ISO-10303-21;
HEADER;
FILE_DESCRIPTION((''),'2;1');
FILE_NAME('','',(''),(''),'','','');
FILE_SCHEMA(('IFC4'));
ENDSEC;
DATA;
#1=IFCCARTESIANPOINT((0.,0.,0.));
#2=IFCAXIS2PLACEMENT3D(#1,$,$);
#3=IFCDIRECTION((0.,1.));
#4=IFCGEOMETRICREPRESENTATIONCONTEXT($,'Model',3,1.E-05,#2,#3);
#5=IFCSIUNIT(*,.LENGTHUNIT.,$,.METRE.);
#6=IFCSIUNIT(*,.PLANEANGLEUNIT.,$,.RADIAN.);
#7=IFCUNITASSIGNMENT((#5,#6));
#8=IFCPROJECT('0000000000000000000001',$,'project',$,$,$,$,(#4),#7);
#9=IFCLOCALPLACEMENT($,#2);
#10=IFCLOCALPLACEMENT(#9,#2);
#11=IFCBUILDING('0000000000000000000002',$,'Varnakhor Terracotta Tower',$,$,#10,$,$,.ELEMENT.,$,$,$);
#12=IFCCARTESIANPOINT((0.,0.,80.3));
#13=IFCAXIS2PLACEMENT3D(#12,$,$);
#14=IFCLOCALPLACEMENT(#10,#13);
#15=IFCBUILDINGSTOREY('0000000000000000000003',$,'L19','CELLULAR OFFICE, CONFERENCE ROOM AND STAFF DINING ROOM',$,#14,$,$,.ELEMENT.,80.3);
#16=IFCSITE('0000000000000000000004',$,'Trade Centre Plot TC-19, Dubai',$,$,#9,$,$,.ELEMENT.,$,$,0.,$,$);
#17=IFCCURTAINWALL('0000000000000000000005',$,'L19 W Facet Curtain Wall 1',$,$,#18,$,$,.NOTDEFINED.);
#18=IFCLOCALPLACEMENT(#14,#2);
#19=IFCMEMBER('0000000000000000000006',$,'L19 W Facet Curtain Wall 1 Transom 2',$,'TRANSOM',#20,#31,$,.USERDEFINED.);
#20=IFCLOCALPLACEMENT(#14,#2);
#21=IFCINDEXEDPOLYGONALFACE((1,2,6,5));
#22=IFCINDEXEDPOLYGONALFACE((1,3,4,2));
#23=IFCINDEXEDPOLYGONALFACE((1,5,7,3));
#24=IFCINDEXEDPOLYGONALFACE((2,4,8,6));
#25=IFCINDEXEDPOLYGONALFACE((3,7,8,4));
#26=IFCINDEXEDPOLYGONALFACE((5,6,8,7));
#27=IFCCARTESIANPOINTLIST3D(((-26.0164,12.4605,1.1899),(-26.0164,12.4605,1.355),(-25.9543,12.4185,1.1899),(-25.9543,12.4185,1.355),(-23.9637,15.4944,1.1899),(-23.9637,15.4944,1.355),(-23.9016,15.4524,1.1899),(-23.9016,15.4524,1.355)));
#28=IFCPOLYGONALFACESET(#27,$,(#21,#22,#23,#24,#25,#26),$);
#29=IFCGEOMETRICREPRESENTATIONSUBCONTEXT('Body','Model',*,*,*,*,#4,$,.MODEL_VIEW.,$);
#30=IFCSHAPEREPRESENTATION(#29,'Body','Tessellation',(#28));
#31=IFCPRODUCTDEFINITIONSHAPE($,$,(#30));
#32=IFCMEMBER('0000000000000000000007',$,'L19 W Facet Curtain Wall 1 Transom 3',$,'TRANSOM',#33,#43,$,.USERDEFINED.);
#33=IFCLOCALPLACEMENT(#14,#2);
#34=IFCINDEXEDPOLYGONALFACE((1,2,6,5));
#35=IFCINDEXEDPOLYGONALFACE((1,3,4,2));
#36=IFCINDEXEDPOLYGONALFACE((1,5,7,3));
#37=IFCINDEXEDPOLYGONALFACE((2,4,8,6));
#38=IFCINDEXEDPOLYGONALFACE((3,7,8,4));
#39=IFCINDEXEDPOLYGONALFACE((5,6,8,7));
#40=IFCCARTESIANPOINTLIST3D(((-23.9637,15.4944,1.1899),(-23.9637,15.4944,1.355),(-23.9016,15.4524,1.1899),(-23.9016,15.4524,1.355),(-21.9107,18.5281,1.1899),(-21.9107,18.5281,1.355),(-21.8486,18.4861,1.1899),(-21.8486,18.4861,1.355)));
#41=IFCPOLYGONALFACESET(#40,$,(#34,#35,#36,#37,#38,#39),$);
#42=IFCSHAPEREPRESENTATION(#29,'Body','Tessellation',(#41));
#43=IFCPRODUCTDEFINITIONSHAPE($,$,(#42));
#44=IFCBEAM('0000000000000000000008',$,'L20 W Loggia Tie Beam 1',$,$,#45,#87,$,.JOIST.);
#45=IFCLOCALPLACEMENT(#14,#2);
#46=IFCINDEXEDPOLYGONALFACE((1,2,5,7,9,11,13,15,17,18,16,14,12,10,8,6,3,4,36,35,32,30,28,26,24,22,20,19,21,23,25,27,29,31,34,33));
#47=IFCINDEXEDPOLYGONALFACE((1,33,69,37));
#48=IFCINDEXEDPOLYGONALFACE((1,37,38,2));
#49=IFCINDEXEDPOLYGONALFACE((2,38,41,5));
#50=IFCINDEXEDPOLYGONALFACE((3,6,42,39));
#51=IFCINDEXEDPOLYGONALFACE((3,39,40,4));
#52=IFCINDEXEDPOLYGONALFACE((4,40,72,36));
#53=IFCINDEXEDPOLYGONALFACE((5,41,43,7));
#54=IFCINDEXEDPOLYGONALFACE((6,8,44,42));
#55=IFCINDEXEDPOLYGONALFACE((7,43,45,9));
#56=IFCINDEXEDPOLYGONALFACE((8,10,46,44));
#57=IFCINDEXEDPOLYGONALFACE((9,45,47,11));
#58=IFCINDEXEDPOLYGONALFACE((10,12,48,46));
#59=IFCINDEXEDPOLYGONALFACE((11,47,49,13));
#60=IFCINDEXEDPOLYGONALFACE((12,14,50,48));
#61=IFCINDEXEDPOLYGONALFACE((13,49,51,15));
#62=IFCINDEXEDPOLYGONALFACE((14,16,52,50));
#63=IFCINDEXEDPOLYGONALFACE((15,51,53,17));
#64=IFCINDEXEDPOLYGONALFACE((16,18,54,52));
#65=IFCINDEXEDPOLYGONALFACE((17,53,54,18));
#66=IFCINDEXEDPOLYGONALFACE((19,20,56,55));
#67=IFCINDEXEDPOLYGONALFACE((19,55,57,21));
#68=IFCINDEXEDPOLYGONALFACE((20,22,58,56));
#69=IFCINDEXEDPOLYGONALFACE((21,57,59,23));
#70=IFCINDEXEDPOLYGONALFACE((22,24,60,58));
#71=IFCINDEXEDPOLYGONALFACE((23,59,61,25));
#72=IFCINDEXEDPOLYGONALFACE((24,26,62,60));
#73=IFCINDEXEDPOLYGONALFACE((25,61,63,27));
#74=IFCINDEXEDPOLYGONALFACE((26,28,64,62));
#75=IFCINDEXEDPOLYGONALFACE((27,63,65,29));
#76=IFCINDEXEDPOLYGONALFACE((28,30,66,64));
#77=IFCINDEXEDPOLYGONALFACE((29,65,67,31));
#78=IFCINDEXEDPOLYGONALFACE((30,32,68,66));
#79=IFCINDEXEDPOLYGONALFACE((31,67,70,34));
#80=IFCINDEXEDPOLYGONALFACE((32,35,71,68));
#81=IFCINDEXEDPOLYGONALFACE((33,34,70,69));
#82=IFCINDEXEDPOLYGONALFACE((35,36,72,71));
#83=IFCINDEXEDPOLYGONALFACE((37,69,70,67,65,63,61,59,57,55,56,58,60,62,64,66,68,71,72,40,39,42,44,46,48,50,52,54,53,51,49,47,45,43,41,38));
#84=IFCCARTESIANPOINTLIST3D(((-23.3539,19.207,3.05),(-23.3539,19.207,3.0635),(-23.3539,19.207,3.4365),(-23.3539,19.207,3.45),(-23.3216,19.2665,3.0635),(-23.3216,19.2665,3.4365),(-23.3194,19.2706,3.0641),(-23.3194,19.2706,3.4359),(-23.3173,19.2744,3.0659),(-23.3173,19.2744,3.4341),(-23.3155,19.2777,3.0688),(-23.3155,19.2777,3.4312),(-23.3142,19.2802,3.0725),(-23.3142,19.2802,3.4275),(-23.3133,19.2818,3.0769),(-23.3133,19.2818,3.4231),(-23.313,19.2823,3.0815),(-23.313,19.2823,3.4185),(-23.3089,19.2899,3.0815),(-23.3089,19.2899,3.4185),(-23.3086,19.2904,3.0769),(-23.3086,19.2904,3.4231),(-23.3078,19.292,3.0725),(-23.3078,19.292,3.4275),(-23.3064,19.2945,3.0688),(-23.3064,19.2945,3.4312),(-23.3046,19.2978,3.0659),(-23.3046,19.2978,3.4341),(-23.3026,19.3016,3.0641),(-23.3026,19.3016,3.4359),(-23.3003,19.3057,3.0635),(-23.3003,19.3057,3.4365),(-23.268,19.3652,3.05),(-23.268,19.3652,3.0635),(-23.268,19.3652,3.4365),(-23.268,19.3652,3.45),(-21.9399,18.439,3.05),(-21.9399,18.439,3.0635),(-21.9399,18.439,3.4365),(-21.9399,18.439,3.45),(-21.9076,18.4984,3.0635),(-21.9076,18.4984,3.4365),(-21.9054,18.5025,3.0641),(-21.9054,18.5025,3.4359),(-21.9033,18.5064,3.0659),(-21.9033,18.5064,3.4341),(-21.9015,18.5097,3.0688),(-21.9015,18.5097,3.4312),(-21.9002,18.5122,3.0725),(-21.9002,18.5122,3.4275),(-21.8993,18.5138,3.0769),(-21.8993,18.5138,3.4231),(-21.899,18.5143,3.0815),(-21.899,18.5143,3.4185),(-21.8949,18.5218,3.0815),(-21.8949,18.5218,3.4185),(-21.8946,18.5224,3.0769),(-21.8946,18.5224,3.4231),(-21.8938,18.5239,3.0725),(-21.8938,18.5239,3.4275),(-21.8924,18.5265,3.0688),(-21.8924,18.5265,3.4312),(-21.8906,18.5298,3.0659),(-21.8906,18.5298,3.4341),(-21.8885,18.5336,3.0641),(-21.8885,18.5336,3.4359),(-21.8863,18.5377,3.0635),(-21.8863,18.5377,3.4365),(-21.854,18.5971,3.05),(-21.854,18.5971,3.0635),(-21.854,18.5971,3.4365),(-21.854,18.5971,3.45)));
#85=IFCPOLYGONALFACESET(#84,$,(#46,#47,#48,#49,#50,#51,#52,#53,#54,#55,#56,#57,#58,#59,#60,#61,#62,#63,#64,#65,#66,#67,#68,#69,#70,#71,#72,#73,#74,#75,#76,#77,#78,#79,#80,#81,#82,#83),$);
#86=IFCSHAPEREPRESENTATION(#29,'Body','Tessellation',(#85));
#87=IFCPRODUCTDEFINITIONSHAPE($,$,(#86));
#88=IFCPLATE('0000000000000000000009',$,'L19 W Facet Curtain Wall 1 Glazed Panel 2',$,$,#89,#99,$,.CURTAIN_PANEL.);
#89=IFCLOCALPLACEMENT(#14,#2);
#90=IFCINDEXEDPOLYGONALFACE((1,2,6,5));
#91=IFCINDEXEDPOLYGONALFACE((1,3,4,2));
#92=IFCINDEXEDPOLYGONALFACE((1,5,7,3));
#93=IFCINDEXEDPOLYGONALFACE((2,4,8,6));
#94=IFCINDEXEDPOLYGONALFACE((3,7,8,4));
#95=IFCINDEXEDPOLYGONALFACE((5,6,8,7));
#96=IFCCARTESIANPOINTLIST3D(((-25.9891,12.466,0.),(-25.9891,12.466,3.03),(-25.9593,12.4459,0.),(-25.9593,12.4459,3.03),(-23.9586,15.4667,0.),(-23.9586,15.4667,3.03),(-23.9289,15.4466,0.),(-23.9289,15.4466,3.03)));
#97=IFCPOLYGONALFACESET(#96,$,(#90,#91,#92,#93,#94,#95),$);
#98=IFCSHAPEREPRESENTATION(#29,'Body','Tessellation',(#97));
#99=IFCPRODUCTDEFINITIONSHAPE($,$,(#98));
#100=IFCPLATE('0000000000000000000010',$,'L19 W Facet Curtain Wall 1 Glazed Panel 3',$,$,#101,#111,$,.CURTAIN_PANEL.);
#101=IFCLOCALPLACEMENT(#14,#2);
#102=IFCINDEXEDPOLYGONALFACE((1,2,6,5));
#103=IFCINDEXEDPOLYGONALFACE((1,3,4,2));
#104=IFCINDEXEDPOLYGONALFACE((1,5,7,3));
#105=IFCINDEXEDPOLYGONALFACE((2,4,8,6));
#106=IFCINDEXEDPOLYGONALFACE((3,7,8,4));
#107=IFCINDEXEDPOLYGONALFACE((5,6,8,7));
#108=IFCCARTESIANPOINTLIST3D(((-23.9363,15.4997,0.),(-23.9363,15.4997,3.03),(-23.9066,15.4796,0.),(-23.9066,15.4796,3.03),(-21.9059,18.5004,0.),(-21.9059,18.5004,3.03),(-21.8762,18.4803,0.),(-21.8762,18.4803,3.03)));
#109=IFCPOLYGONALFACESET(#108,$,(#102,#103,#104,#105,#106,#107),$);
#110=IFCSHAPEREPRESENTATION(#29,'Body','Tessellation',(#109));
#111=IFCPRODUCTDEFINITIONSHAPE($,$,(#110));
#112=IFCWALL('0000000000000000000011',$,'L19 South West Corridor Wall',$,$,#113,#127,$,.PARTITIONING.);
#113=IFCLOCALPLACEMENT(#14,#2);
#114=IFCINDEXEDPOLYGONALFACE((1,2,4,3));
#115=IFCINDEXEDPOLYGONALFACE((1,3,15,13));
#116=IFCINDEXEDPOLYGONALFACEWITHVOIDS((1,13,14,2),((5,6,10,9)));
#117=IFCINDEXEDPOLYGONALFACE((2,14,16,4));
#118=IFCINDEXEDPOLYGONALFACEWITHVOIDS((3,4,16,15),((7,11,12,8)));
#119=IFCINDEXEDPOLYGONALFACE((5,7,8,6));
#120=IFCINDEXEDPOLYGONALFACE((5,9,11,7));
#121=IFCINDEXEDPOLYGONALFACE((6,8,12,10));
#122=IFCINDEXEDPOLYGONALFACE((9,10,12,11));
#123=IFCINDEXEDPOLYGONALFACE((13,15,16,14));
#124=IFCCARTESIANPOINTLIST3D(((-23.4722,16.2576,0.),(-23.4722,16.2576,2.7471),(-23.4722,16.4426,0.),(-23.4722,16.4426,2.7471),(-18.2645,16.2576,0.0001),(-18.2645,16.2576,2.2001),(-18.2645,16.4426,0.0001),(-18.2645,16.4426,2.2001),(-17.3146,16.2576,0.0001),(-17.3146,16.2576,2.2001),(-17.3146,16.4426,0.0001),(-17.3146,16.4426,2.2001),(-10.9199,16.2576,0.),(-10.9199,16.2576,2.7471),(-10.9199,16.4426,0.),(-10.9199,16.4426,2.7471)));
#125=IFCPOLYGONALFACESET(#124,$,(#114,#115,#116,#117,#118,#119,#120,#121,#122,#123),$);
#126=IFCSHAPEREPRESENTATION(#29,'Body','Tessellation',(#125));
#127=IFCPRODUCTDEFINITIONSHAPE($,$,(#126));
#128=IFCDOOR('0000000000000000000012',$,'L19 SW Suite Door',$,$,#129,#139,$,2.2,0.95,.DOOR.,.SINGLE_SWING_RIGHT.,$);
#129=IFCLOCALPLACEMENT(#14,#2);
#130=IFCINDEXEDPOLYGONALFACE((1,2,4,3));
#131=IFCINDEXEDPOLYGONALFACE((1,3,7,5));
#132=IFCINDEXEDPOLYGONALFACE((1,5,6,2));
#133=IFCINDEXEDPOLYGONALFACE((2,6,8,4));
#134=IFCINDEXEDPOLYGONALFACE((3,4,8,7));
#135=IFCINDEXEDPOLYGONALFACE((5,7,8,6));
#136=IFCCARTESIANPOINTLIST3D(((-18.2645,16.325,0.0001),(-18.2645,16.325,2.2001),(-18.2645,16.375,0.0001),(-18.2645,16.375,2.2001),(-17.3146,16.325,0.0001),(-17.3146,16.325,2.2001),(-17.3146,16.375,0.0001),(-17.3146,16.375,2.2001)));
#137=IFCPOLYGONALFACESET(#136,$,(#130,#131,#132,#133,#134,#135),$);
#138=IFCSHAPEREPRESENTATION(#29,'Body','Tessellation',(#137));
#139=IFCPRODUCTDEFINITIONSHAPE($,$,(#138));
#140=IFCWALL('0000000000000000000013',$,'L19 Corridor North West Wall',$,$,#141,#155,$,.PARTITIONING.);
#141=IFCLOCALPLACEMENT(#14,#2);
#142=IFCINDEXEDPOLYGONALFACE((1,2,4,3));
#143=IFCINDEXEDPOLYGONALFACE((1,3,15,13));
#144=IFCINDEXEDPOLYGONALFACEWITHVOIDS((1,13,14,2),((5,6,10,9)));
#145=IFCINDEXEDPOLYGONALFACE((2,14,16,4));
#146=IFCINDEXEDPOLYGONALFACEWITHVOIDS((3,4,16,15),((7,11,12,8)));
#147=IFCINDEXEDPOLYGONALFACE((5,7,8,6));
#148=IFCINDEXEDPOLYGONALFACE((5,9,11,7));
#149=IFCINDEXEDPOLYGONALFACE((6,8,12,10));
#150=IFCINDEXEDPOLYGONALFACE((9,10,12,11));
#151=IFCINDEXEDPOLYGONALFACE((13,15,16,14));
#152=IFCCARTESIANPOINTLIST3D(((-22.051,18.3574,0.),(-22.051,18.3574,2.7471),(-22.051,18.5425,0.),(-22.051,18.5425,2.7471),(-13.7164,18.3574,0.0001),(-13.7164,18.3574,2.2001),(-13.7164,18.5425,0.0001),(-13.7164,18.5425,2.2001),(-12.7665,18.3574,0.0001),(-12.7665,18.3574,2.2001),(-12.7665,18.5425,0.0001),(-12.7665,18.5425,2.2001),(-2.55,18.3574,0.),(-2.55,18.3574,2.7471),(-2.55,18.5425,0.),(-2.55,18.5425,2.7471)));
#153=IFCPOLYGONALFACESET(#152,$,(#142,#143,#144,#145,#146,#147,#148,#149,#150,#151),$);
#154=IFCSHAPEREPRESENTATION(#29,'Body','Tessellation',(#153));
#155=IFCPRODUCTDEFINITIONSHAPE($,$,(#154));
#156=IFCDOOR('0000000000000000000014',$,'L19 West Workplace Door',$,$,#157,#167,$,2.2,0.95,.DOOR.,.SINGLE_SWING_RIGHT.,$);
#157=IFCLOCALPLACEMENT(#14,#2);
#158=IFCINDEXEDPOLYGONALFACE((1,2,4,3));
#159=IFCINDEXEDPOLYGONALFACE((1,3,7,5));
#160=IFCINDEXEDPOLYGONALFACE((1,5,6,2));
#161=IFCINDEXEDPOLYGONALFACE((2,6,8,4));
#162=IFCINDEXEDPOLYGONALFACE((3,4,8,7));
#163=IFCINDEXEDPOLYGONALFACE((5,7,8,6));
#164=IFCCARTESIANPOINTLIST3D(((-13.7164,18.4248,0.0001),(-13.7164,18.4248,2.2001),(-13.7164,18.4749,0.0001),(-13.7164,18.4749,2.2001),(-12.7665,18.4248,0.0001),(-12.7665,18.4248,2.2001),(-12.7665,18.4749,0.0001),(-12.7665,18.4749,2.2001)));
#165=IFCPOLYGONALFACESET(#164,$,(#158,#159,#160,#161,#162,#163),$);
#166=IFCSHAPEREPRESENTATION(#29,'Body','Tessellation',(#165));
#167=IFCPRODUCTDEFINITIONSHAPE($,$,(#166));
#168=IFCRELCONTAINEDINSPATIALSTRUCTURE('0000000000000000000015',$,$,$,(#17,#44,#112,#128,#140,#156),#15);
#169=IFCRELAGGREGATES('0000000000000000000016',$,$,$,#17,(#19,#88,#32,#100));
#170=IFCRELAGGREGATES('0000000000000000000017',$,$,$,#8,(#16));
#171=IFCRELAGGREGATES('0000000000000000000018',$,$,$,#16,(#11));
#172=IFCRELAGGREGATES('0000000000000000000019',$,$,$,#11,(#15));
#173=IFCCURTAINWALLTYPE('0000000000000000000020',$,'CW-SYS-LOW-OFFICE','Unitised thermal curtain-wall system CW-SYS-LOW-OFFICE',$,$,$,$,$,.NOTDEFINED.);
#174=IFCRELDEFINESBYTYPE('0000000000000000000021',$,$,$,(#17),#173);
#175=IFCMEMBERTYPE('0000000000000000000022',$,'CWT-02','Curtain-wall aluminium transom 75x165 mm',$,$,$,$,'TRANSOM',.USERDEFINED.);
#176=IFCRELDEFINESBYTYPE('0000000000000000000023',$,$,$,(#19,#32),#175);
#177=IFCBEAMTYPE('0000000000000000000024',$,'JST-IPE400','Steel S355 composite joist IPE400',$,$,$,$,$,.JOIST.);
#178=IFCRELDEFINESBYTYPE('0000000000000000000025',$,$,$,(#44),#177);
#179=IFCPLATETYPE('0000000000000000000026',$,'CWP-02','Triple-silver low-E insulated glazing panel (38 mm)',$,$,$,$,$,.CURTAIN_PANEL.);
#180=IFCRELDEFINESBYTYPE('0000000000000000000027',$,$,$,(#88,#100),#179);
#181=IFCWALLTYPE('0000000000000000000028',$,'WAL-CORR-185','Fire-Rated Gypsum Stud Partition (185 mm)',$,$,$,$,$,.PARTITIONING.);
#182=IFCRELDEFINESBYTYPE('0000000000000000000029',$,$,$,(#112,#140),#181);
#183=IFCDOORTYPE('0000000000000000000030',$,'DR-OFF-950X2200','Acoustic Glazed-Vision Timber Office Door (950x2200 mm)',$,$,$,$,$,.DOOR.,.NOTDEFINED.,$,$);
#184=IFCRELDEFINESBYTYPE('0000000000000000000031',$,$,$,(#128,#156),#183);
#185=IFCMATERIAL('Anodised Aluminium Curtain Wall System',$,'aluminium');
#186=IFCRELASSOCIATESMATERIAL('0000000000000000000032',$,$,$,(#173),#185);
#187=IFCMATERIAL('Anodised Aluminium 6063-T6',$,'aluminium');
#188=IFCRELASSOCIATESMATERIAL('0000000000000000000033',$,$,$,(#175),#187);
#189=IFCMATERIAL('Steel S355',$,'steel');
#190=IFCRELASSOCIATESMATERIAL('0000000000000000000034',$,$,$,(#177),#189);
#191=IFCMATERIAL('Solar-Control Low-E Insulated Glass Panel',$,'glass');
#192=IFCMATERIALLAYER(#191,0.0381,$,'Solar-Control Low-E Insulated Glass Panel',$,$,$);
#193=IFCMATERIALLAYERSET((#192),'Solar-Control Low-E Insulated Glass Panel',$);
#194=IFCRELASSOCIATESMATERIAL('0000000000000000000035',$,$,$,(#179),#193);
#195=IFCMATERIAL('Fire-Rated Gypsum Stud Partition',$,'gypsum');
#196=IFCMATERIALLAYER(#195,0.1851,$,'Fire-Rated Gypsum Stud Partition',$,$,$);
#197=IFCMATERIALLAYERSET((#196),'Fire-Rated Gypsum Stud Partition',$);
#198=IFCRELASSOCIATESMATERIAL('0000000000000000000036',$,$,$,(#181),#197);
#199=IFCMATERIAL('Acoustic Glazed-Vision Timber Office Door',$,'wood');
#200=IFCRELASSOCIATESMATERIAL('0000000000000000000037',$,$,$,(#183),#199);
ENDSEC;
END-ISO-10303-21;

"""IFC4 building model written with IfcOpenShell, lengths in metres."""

from ifc_helpers import new_model, si_unit, direction, frame, frame_2d, origin, origin_2d, place, context, subcontext, project, spatial, rectangle, i_section, extrude, source, transform, mapped, material, layer, layer_set, material_profile, profile_set, type_object, type_shapes, element, fill, aggregate, save


model = new_model("IFC4")

# Units and contexts
model_context = context("Model", 3, precision=1e-05, world=origin(), true_north=direction((0.0, 1.0)))
body_context = subcontext(model_context, "Body", "Model", "MODEL_VIEW")
ifc_project = project(units=[si_unit("LENGTHUNIT", "METRE"), si_unit("PLANEANGLEUNIT", "RADIAN")], contexts=[model_context])

# Site, building, storey
site_placement = place(None, origin())
site = spatial("IfcSite", under=ifc_project, at=site_placement, Name="Trade Centre Plot TC-19, Dubai", CompositionType="ELEMENT", RefElevation=0.0)
building_placement = place(site_placement, origin())
building = spatial("IfcBuilding", under=site, at=building_placement, Name="Varnakhor Terracotta Tower", CompositionType="ELEMENT")
storey_placement = place(building_placement, frame((0.0, 0.0, 80.3)))
storey = spatial("IfcBuildingStorey", under=building, at=storey_placement, Name="L19", Description="CELLULAR OFFICE, CONFERENCE ROOM AND STAFF DINING ROOM", CompositionType="ELEMENT", Elevation=80.3)

# Shared definitions
ifc_material_1 = material(Name="Steel S355", Category="steel")

# Curtain wall, members
ifc_material_2 = material(Name="Anodised Aluminium Curtain Wall System", Category="aluminium")
curtain_wall_type = type_object("IfcCurtainWallType", Name="CW-SYS-LOW-OFFICE", Description="Unitised thermal curtain-wall system CW-SYS-LOW-OFFICE", PredefinedType="NOTDEFINED", material=ifc_material_2)
curtain_wall_placement = place(storey_placement, origin())
curtain_wall = element("IfcCurtainWall", 1, at=curtain_wall_placement, inside=storey, type_object=curtain_wall_type, Name="L19 W Facet Curtain Wall 1", PredefinedType="NOTDEFINED")
ifc_material_3 = material(Name="Anodised Aluminium 6063-T6", Category="aluminium")
ifc_material_profile_1 = material_profile(ifc_material_3, rectangle(XDim=0.075, YDim=0.165, at=origin_2d()), Name="ALU TRANSOM 75x165")
ifc_profile_set_1 = profile_set([ifc_material_profile_1], Name="Anodised Aluminium 6063-T6")
member_type_1 = type_object("IfcMemberType", Name="CWT-02", Description="Curtain-wall aluminium transom 75x165 mm", ElementType="TRANSOM", PredefinedType="USERDEFINED", material=ifc_profile_set_1)
shared_shape_1 = source(origin(), body_context, "Body", "SweptSolid", [
    extrude(rectangle(XDim=0.075, YDim=0.165, at=origin_2d()), origin(), (0.0, 0.0, 1.0), 3.6631),
])
member_1_placement = place(storey_placement, frame((-25.9854, 12.4395, 1.2725), z_axis=(0.560378, 0.828237, 0.0), x_axis=(-0.828237, 0.560378, 0.0)))
member_1 = element("IfcMember", 2, at=member_1_placement, type_object=member_type_1, Name="L19 W Facet Curtain Wall 1 Transom 2", ObjectType="TRANSOM", PredefinedType="USERDEFINED", context=body_context, shape_type="MappedRepresentation", body=[
    mapped(shared_shape_1, transform((0.0, 0.0, 0.0), scale=1.0)),
])
member_2_placement = place(storey_placement, frame((-23.9326, 15.4734, 1.2725), z_axis=(0.560455, 0.828185, 0.0), x_axis=(-0.828185, 0.560455, 0.0)))
member_2 = element("IfcMember", 3, at=member_2_placement, type_object=member_type_1, Name="L19 W Facet Curtain Wall 1 Transom 3", ObjectType="TRANSOM", PredefinedType="USERDEFINED", context=body_context, shape_type="MappedRepresentation", body=[
    mapped(shared_shape_1, transform((0.0, 0.0, 0.0), scale=1.0)),
])

# Beam
ifc_material_profile_2 = material_profile(ifc_material_1, i_section(OverallWidth=0.1799, OverallDepth=0.3999, WebThickness=0.0085, FlangeThickness=0.0134, FilletRadius=0.0181, at=origin_2d()), Name="IPE400")
ifc_profile_set_2 = profile_set([ifc_material_profile_2], Name="Steel S355")
beam_type_1 = type_object("IfcBeamType", Name="JST-IPE400", Description="Steel S355 composite joist IPE400", PredefinedType="JOIST", material=ifc_profile_set_2)
shared_shape_2 = source(origin(), body_context, "Body", "SweptSolid", [
    extrude(i_section(OverallWidth=0.1799, OverallDepth=0.3999, WebThickness=0.0085, FlangeThickness=0.0134, FilletRadius=0.0181, at=origin_2d()), origin(), (0.0, 0.0, 1.0), 1.6091),
])
beam_1_placement = place(storey_placement, frame((-21.897, 18.5181, 3.25), z_axis=(-0.878741, 0.477299, 0.0), x_axis=(-0.477299, -0.878741, 0.0)))
element("IfcBeam", 4, at=beam_1_placement, inside=storey, type_object=beam_type_1, Name="L20 W Loggia Tie Beam 1", PredefinedType="JOIST", context=body_context, shape_type="MappedRepresentation", body=[
    mapped(shared_shape_2, transform((0.0, 0.0, 0.0), scale=1.0)),
])

# Plates
ifc_material_4 = material(Name="Solar-Control Low-E Insulated Glass Panel", Category="glass")
ifc_layer_1 = layer(ifc_material_4, 0.0381, Name="Solar-Control Low-E Insulated Glass Panel")
ifc_layer_set_1 = layer_set([ifc_layer_1], Name="Solar-Control Low-E Insulated Glass Panel")
plate_type = type_object("IfcPlateType", Name="CWP-02", Description="Triple-silver low-E insulated glazing panel (38 mm)", PredefinedType="CURTAIN_PANEL", material=ifc_layer_set_1)
shared_shape_3 = source(origin(), body_context, "Body", "SweptSolid", [
    extrude(rectangle(XDim=3.623, YDim=0.0359, at=origin_2d()), origin(), (0.0, 0.0, 1.0), 3.03),
])
plate_1_placement = place(storey_placement, frame((-24.959, 13.9563, 0.0), z_axis=(0.0, 0.0, 1.0), x_axis=(0.560422, 0.828207, 0.0)))
plate_1 = element("IfcPlate", 5, at=plate_1_placement, type_object=plate_type, Name="L19 W Facet Curtain Wall 1 Glazed Panel 2", PredefinedType="CURTAIN_PANEL", context=body_context, shape_type="MappedRepresentation", body=[
    mapped(shared_shape_3, transform((0.0, 0.0, 0.0), scale=1.0)),
])
plate_2_placement = place(storey_placement, frame((-22.9062, 16.99, 0.0), z_axis=(0.0, 0.0, 1.0), x_axis=(0.560422, 0.828207, 0.0)))
plate_2 = element("IfcPlate", 6, at=plate_2_placement, type_object=plate_type, Name="L19 W Facet Curtain Wall 1 Glazed Panel 3", PredefinedType="CURTAIN_PANEL", context=body_context, shape_type="MappedRepresentation", body=[
    mapped(shared_shape_3, transform((0.0, 0.0, 0.0), scale=1.0)),
])
aggregate(curtain_wall, [member_1, plate_1, member_2, plate_2])

# Walls, openings, doors
ifc_material_5 = material(Name="Fire-Rated Gypsum Stud Partition", Category="gypsum")
ifc_layer_2 = layer(ifc_material_5, 0.1851, Name="Fire-Rated Gypsum Stud Partition")
ifc_layer_set_2 = layer_set([ifc_layer_2], Name="Fire-Rated Gypsum Stud Partition")
wall_type_1 = type_object("IfcWallType", Name="WAL-CORR-185", Description="Fire-Rated Gypsum Stud Partition (185 mm)", PredefinedType="PARTITIONING", material=ifc_layer_set_2)
wall_1_placement = place(storey_placement, frame((-23.4722, 16.3501, 0.0), z_axis=(0.0, 0.0, 1.0), x_axis=(1.0, 0.0, 0.0)))
wall_1 = element("IfcWall", 7, at=wall_1_placement, inside=storey, type_object=wall_type_1, Name="L19 South West Corridor Wall", PredefinedType="PARTITIONING", context=body_context, shape_type="SweptSolid", body=[
    extrude(rectangle(XDim=12.5522, YDim=0.1851, at=frame_2d((6.2761, 0.0))), origin(), (0.0, 0.0, 1.0), 2.7471),
])
opening_1_placement = place(wall_1_placement, frame((5.2075, 0.0, 0.0)))
opening_1 = element("IfcOpeningElement", 8, at=opening_1_placement, cuts=wall_1, PredefinedType="OPENING", context=body_context, shape_type="SweptSolid", body=[
    extrude(rectangle(XDim=0.95, YDim=2.2, at=frame_2d((0.4751, 1.1001))), frame((0.0, 0.1025, 0.0), z_axis=(0.0, -1.0, 0.0), x_axis=(1.0, 0.0, 0.0)), (0.0, 0.0, 1.0), 0.2051),
])
ifc_material_6 = material(Name="Acoustic Glazed-Vision Timber Office Door", Category="wood")
door_type_1 = type_object("IfcDoorType", Name="DR-OFF-950X2200", Description="Acoustic Glazed-Vision Timber Office Door (950x2200 mm)", OperationType="NOTDEFINED", PredefinedType="DOOR", material=ifc_material_6)
shared_shape_4 = source(origin(), body_context, "Body", "SweptSolid", [
    extrude(rectangle(XDim=0.95, YDim=2.2, at=frame_2d((0.4751, 1.1001))), frame((0.0, 0.0249, 0.0), z_axis=(0.0, -1.0, 0.0), x_axis=(1.0, 0.0, 0.0)), (0.0, 0.0, 1.0), 0.05),
])
type_shapes(door_type_1, [shared_shape_4])
door_1_placement = place(opening_1_placement, origin())
door_1 = element("IfcDoor", 9, at=door_1_placement, inside=storey, type_object=door_type_1, Name="L19 SW Suite Door", OperationType="SINGLE_SWING_RIGHT", OverallHeight=2.2, OverallWidth=0.95, PredefinedType="DOOR", context=body_context, shape_type="MappedRepresentation", body=[
    mapped(shared_shape_4, transform((0.0, 0.0, 0.0), scale=1.0)),
])
fill(opening_1, door_1)
wall_2_placement = place(storey_placement, frame((-22.051, 18.45, 0.0), z_axis=(0.0, 0.0, 1.0), x_axis=(1.0, 0.0, 0.0)))
wall_2 = element("IfcWall", 10, at=wall_2_placement, inside=storey, type_object=wall_type_1, Name="L19 Corridor North West Wall", PredefinedType="PARTITIONING", context=body_context, shape_type="SweptSolid", body=[
    extrude(rectangle(XDim=19.501, YDim=0.1851, at=frame_2d((9.7505, 0.0))), origin(), (0.0, 0.0, 1.0), 2.7471),
])
opening_2_placement = place(wall_2_placement, frame((8.3345, 0.0, 0.0)))
opening_2 = element("IfcOpeningElement", 11, at=opening_2_placement, cuts=wall_2, PredefinedType="OPENING", context=body_context, shape_type="SweptSolid", body=[
    extrude(rectangle(XDim=0.95, YDim=2.2, at=frame_2d((0.4751, 1.1001))), frame((0.0, 0.1025, 0.0), z_axis=(0.0, -1.0, 0.0), x_axis=(1.0, 0.0, 0.0)), (0.0, 0.0, 1.0), 0.2051),
])
door_2_placement = place(opening_2_placement, origin())
door_2 = element("IfcDoor", 12, at=door_2_placement, inside=storey, type_object=door_type_1, Name="L19 West Workplace Door", OperationType="SINGLE_SWING_RIGHT", OverallHeight=2.2, OverallWidth=0.95, PredefinedType="DOOR", context=body_context, shape_type="MappedRepresentation", body=[
    mapped(shared_shape_4, transform((0.0, 0.0, 0.0), scale=1.0)),
])
fill(opening_2, door_2)

save(model, "model.ifc")
